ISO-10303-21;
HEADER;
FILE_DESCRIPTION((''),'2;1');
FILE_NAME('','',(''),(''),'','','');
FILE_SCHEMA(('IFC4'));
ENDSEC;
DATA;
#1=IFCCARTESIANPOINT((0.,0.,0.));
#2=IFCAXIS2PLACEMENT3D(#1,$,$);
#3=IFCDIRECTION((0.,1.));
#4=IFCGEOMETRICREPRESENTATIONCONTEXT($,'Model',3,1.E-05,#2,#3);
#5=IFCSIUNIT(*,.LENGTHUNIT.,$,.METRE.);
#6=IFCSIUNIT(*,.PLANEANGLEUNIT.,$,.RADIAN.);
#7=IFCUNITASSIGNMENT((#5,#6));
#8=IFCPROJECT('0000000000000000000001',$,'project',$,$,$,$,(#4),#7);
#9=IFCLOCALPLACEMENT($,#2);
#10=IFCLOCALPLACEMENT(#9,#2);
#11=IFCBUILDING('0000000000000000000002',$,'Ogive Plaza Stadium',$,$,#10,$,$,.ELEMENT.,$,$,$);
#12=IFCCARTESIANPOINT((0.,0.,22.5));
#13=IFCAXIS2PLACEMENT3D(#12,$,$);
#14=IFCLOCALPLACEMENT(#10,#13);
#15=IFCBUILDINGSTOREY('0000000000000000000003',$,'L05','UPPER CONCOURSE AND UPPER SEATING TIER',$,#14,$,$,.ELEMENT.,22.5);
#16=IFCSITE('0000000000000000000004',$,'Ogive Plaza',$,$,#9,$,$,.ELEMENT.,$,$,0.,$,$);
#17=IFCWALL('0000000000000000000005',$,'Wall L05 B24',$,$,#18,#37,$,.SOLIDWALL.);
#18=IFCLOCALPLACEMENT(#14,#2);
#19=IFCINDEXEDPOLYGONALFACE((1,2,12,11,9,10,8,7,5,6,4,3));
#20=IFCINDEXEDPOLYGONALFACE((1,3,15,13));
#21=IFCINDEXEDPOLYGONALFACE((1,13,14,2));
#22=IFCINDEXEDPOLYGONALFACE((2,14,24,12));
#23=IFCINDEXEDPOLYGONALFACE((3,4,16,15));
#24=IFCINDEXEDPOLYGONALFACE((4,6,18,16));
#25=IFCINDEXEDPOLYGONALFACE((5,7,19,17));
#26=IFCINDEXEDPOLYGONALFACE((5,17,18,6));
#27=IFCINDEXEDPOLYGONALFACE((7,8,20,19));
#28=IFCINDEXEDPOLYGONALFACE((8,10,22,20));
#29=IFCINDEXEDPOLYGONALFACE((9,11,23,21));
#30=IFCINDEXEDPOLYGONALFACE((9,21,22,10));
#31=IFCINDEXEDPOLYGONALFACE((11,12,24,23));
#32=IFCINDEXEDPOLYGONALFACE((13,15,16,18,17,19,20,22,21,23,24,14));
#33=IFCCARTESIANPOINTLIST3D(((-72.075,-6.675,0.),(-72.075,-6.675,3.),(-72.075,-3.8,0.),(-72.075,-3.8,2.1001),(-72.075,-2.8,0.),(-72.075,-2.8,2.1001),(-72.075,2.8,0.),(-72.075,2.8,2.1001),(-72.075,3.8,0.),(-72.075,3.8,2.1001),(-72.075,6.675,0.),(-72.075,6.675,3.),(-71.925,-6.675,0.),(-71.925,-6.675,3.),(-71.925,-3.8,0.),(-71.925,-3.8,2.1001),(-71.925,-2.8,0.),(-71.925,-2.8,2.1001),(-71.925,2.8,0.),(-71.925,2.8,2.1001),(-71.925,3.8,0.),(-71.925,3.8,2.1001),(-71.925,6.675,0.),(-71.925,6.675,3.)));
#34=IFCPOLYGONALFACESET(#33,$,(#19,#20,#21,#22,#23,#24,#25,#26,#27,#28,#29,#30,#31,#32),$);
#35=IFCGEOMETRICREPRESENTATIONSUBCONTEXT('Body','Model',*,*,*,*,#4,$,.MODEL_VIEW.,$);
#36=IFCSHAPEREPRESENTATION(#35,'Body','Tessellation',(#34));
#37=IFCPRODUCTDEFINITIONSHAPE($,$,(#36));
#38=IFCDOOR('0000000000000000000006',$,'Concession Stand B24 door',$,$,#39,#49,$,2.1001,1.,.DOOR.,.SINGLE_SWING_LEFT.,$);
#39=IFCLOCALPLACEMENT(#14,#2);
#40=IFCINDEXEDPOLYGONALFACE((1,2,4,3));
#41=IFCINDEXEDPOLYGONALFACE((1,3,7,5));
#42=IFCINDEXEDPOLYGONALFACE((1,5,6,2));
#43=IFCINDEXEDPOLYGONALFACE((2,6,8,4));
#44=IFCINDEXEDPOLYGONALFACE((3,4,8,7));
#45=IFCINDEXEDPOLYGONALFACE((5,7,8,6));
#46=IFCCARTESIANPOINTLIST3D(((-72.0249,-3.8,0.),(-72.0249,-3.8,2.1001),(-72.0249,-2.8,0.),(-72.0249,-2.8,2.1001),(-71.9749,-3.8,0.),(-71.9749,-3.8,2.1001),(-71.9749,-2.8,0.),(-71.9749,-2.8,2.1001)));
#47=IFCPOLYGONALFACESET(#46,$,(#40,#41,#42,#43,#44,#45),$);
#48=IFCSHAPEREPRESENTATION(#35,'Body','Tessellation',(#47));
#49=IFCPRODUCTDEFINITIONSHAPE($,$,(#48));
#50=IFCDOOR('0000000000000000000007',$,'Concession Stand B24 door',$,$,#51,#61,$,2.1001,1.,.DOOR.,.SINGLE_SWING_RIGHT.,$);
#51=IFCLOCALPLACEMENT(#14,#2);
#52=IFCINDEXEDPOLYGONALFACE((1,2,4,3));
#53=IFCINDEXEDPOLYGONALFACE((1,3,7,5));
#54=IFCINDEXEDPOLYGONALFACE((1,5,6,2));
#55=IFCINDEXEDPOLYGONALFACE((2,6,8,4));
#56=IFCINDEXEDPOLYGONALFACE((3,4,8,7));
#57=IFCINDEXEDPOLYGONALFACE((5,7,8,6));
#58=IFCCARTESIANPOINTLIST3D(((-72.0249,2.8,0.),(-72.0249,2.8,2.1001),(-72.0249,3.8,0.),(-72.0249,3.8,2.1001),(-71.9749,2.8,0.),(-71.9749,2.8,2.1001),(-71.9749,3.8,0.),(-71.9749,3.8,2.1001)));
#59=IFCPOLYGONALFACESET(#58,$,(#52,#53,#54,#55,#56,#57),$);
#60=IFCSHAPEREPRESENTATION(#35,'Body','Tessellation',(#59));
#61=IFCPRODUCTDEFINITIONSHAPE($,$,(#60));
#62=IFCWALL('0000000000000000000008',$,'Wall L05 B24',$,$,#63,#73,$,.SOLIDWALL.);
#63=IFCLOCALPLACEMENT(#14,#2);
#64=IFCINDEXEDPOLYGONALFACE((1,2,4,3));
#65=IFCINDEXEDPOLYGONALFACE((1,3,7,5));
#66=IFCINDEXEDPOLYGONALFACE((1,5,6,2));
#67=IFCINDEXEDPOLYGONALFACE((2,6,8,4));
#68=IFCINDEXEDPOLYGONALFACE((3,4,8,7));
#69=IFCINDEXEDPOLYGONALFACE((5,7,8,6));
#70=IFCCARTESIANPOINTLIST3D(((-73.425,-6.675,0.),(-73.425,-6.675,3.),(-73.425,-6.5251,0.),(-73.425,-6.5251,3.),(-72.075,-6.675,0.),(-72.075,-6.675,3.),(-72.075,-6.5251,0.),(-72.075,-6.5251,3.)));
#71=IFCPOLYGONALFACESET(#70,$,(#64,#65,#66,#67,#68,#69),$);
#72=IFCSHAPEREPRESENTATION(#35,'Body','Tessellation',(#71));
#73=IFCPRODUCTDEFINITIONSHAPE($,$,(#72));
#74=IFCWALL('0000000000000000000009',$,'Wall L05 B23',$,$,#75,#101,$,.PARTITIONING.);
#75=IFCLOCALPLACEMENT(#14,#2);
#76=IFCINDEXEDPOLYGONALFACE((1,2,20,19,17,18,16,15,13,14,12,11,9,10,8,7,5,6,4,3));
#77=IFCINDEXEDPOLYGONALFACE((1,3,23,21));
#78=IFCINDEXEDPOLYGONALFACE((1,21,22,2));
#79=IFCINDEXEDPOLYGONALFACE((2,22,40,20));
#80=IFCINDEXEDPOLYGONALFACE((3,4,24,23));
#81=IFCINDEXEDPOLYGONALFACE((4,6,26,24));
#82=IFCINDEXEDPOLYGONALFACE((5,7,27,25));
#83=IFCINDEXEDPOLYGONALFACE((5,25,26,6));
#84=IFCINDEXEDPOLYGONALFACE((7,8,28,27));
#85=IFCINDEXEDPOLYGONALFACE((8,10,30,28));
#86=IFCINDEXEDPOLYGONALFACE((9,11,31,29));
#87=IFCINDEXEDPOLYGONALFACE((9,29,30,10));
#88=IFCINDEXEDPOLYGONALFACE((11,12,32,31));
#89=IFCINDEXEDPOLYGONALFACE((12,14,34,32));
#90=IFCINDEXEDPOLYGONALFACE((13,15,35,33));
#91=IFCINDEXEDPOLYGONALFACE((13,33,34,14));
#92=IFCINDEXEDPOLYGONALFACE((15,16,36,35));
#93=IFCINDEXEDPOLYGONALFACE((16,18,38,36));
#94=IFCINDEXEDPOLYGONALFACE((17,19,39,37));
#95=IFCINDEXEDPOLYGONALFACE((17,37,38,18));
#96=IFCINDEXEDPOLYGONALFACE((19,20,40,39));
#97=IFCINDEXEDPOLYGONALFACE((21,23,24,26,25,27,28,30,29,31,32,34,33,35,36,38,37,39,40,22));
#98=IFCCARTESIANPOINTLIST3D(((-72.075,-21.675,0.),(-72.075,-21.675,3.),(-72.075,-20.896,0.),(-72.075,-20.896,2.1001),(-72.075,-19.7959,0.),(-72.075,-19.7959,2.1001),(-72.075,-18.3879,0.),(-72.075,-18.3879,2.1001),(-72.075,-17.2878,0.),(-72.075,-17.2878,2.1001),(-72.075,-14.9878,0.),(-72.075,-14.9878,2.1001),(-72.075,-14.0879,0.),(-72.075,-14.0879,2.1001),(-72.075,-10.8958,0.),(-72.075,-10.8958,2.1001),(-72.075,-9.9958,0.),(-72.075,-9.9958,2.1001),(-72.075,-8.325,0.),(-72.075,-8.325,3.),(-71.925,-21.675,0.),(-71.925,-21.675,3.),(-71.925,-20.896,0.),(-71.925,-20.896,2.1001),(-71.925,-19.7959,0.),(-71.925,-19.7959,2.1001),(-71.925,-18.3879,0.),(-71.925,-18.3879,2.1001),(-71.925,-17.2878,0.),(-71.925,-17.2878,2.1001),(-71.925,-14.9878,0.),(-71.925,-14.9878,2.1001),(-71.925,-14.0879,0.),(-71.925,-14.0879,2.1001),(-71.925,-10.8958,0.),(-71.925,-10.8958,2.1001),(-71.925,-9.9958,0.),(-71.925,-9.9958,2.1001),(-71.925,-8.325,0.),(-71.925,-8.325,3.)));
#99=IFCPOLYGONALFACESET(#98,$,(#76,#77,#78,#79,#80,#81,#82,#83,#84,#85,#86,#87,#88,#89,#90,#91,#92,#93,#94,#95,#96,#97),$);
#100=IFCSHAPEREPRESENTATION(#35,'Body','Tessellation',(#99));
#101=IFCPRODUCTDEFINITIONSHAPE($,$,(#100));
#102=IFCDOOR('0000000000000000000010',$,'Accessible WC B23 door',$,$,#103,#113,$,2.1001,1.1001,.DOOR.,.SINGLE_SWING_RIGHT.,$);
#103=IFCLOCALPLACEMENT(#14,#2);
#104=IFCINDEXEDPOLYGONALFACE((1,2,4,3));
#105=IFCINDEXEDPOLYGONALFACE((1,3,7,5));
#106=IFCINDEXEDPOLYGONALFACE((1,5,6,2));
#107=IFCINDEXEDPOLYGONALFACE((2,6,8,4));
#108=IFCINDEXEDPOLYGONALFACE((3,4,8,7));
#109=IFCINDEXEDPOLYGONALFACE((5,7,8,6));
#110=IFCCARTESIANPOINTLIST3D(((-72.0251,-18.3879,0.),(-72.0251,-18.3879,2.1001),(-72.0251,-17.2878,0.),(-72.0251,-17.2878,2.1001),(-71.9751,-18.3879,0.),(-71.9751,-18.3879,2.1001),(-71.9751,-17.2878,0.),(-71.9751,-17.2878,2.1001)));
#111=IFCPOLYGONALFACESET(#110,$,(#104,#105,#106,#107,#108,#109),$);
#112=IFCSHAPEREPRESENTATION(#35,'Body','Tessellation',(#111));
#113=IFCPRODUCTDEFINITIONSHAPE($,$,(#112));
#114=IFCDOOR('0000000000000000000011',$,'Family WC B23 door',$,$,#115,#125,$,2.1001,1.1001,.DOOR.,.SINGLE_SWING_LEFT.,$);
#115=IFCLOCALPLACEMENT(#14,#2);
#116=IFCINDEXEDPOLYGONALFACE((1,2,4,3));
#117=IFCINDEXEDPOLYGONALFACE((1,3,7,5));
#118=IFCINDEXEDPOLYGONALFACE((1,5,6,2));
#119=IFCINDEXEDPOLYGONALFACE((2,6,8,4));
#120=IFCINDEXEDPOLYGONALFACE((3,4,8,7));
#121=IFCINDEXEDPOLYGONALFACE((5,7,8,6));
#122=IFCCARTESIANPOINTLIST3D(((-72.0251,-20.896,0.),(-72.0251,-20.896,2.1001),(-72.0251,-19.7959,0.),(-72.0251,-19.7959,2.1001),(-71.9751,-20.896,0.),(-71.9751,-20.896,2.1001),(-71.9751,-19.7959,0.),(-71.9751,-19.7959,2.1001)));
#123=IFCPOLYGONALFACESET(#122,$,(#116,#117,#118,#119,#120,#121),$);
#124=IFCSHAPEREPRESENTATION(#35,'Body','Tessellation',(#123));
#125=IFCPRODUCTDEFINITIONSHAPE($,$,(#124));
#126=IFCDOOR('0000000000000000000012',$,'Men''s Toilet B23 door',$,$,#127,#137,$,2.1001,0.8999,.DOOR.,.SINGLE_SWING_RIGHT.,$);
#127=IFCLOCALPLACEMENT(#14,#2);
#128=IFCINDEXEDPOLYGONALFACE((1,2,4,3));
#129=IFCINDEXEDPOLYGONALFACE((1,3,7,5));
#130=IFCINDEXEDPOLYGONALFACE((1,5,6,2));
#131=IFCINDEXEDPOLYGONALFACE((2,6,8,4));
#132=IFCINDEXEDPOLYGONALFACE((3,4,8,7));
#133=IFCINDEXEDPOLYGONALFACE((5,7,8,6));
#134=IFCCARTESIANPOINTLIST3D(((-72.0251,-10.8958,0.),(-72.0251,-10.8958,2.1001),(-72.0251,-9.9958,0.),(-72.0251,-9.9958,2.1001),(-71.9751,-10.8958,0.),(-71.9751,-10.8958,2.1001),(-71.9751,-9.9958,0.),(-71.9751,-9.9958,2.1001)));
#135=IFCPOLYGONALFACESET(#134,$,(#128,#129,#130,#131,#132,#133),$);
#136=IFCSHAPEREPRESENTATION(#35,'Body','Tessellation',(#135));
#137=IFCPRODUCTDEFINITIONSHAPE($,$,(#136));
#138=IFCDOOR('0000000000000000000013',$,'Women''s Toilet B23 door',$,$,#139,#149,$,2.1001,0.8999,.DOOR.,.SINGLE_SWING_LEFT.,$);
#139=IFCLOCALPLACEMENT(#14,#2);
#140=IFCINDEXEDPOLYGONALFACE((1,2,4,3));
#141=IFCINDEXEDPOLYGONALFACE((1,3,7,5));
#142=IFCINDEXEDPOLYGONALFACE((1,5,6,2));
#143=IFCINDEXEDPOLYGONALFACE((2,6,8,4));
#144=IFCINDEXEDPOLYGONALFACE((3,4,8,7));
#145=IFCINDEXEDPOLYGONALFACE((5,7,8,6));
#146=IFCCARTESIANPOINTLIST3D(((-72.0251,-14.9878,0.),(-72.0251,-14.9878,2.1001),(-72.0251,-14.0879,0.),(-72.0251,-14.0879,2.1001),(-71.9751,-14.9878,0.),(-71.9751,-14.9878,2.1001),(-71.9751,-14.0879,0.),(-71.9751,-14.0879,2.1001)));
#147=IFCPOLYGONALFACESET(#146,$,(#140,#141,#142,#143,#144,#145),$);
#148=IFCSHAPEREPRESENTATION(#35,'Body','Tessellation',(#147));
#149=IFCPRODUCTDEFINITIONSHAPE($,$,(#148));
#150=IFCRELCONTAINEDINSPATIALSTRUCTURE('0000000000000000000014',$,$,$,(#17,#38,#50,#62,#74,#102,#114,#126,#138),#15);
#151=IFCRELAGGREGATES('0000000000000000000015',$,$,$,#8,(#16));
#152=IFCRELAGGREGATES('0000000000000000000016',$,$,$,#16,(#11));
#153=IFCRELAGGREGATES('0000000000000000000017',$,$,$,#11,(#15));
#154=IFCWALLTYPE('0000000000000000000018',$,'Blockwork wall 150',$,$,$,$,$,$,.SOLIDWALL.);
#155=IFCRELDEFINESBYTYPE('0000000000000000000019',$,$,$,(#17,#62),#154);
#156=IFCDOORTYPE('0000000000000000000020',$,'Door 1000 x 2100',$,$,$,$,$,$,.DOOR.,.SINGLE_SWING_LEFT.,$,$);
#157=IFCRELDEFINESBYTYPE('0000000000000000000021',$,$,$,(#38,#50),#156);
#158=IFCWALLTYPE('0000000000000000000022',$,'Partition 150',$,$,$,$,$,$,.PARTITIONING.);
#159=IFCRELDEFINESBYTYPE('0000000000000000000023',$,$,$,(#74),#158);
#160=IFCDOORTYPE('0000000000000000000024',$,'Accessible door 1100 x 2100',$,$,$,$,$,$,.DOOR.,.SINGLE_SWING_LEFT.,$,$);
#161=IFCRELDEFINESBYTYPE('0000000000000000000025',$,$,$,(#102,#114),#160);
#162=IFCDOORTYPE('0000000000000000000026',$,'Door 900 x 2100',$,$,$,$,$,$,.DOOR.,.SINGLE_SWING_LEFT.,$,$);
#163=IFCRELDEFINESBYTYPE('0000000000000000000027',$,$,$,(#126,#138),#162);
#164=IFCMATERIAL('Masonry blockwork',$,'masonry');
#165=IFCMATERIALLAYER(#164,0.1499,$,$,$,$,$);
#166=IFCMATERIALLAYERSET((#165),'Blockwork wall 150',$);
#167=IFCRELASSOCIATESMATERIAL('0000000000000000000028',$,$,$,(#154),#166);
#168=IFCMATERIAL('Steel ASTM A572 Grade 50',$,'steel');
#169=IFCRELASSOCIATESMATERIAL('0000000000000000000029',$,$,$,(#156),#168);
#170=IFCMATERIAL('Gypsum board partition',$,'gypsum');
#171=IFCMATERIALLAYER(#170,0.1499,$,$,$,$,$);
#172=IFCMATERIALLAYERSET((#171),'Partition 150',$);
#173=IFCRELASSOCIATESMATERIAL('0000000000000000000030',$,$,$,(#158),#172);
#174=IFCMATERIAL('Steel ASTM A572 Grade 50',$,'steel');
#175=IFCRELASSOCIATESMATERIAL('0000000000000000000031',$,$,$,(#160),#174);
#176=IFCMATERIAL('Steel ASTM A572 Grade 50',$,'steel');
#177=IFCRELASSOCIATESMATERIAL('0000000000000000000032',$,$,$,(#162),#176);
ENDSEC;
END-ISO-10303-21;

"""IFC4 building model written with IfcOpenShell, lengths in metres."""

from ifc_helpers import new_model, si_unit, direction, frame, frame_2d, origin, place, context, subcontext, project, spatial, rectangle, extrude, material, layer, layer_set, type_object, element, fill, save


model = new_model("IFC4")

# Units and contexts
model_context = context("Model", 3, precision=1e-05, world=origin(), true_north=direction((0.0, 1.0)))
body_context = subcontext(model_context, "Body", "Model", "MODEL_VIEW")
ifc_project = project(units=[si_unit("LENGTHUNIT", "METRE"), si_unit("PLANEANGLEUNIT", "RADIAN")], contexts=[model_context])

# Site, building, storey
site_placement = place(None, origin())
site = spatial("IfcSite", under=ifc_project, at=site_placement, Name="Ogive Plaza", CompositionType="ELEMENT", RefElevation=0.0)
building_placement = place(site_placement, origin())
building = spatial("IfcBuilding", under=site, at=building_placement, Name="Ogive Plaza Stadium", CompositionType="ELEMENT")
storey_placement = place(building_placement, frame((0.0, 0.0, 22.5)))
storey = spatial("IfcBuildingStorey", under=building, at=storey_placement, Name="L05", Description="UPPER CONCOURSE AND UPPER SEATING TIER", CompositionType="ELEMENT", Elevation=22.5)

# Wall, openings, doors
ifc_material_1 = material(Name="Masonry blockwork", Category="masonry")
ifc_layer_1 = layer(ifc_material_1, 0.1499)
ifc_layer_set_1 = layer_set([ifc_layer_1], Name="Blockwork wall 150")
wall_type_1 = type_object("IfcWallType", Name="Blockwork wall 150", PredefinedType="SOLIDWALL", material=ifc_layer_set_1)
wall_1_placement = place(storey_placement, frame((-72.0, -6.675, 0.0), z_axis=(0.0, 0.0, 1.0), x_axis=(0.0, 1.0, 0.0)))
wall_1 = element("IfcWall", 1, at=wall_1_placement, inside=storey, type_object=wall_type_1, Name="Wall L05 B24", PredefinedType="SOLIDWALL", context=body_context, shape_type="SweptSolid", body=[
    extrude(rectangle(XDim=13.3501, YDim=0.1499, at=frame_2d((6.675, 0.0))), origin(), (0.0, 0.0, 1.0), 3.0),
])
opening_1_placement = place(wall_1_placement, frame((2.875, 0.0, 0.0)))
opening_1 = element("IfcOpeningElement", 2, at=opening_1_placement, cuts=wall_1, PredefinedType="OPENING", context=body_context, shape_type="SweptSolid", body=[
    extrude(rectangle(XDim=1.0, YDim=2.1001, at=frame_2d((0.5, 1.05))), frame((0.0, 0.075, 0.0), z_axis=(0.0, -1.0, 0.0), x_axis=(1.0, 0.0, 0.0)), (0.0, 0.0, 1.0), 0.1499),
])
opening_2_placement = place(wall_1_placement, frame((9.4751, 0.0, 0.0)))
opening_2 = element("IfcOpeningElement", 3, at=opening_2_placement, cuts=wall_1, PredefinedType="OPENING", context=body_context, shape_type="SweptSolid", body=[
    extrude(rectangle(XDim=1.0, YDim=2.1001, at=frame_2d((0.5, 1.05))), frame((0.0, 0.075, 0.0), z_axis=(0.0, -1.0, 0.0), x_axis=(1.0, 0.0, 0.0)), (0.0, 0.0, 1.0), 0.1499),
])
ifc_material_2 = material(Name="Steel ASTM A572 Grade 50", Category="steel")
door_type_1 = type_object("IfcDoorType", Name="Door 1000 x 2100", OperationType="SINGLE_SWING_LEFT", PredefinedType="DOOR", material=ifc_material_2)
door_1_placement = place(opening_1_placement, origin())
door_1 = element("IfcDoor", 4, at=door_1_placement, inside=storey, type_object=door_type_1, Name="Concession Stand B24 door", OperationType="SINGLE_SWING_LEFT", OverallHeight=2.1001, OverallWidth=1.0, PredefinedType="DOOR", context=body_context, shape_type="SweptSolid", body=[
    extrude(rectangle(XDim=1.0, YDim=2.1001, at=frame_2d((0.5, 1.05))), frame((0.0, 0.0249, 0.0), z_axis=(0.0, -1.0, 0.0), x_axis=(1.0, 0.0, 0.0)), (0.0, 0.0, 1.0), 0.05),
])
fill(opening_1, door_1)
door_2_placement = place(opening_2_placement, origin())
door_2 = element("IfcDoor", 5, at=door_2_placement, inside=storey, type_object=door_type_1, Name="Concession Stand B24 door", OperationType="SINGLE_SWING_RIGHT", OverallHeight=2.1001, OverallWidth=1.0, PredefinedType="DOOR", context=body_context, shape_type="SweptSolid", body=[
    extrude(rectangle(XDim=1.0, YDim=2.1001, at=frame_2d((0.5, 1.05))), frame((0.0, 0.0249, 0.0), z_axis=(0.0, -1.0, 0.0), x_axis=(1.0, 0.0, 0.0)), (0.0, 0.0, 1.0), 0.05),
])
fill(opening_2, door_2)

# Wall
wall_2_placement = place(storey_placement, frame((-72.075, -6.6001, 0.0), z_axis=(0.0, 0.0, 1.0), x_axis=(-1.0, 0.0, 0.0)))
element("IfcWall", 6, at=wall_2_placement, inside=storey, type_object=wall_type_1, Name="Wall L05 B24", PredefinedType="SOLIDWALL", context=body_context, shape_type="SweptSolid", body=[
    extrude(rectangle(XDim=1.3501, YDim=0.1499, at=frame_2d((0.675, 0.0))), origin(), (0.0, 0.0, 1.0), 3.0),
])

# Wall, openings, doors
ifc_material_3 = material(Name="Gypsum board partition", Category="gypsum")
ifc_layer_2 = layer(ifc_material_3, 0.1499)
ifc_layer_set_2 = layer_set([ifc_layer_2], Name="Partition 150")
wall_type_2 = type_object("IfcWallType", Name="Partition 150", PredefinedType="PARTITIONING", material=ifc_layer_set_2)
wall_3_placement = place(storey_placement, frame((-72.0, -8.325, 0.0), z_axis=(0.0, 0.0, 1.0), x_axis=(0.0, -1.0, 0.0)))
wall_3 = element("IfcWall", 7, at=wall_3_placement, inside=storey, type_object=wall_type_2, Name="Wall L05 B23", PredefinedType="PARTITIONING", context=body_context, shape_type="SweptSolid", body=[
    extrude(rectangle(XDim=13.3501, YDim=0.1499, at=frame_2d((6.675, 0.0))), origin(), (0.0, 0.0, 1.0), 3.0),
])
opening_3_placement = place(wall_3_placement, frame((1.6709, 0.0, 0.0)))
opening_3 = element("IfcOpeningElement", 8, at=opening_3_placement, cuts=wall_3, PredefinedType="OPENING", context=body_context, shape_type="SweptSolid", body=[
    extrude(rectangle(XDim=0.8999, YDim=2.1001, at=frame_2d((0.45, 1.05))), frame((0.0, 0.075, 0.0), z_axis=(0.0, -1.0, 0.0), x_axis=(1.0, 0.0, 0.0)), (0.0, 0.0, 1.0), 0.1499),
])
opening_4_placement = place(wall_3_placement, frame((5.7629, 0.0, 0.0)))
opening_4 = element("IfcOpeningElement", 9, at=opening_4_placement, cuts=wall_3, PredefinedType="OPENING", context=body_context, shape_type="SweptSolid", body=[
    extrude(rectangle(XDim=0.8999, YDim=2.1001, at=frame_2d((0.45, 1.05))), frame((0.0, 0.075, 0.0), z_axis=(0.0, -1.0, 0.0), x_axis=(1.0, 0.0, 0.0)), (0.0, 0.0, 1.0), 0.1499),
])
opening_5_placement = place(wall_3_placement, frame((8.9629, 0.0, 0.0)))
opening_5 = element("IfcOpeningElement", 10, at=opening_5_placement, cuts=wall_3, PredefinedType="OPENING", context=body_context, shape_type="SweptSolid", body=[
    extrude(rectangle(XDim=1.1001, YDim=2.1001, at=frame_2d((0.55, 1.05))), frame((0.0, 0.075, 0.0), z_axis=(0.0, -1.0, 0.0), x_axis=(1.0, 0.0, 0.0)), (0.0, 0.0, 1.0), 0.1499),
])
opening_6_placement = place(wall_3_placement, frame((11.4709, 0.0, 0.0)))
opening_6 = element("IfcOpeningElement", 11, at=opening_6_placement, cuts=wall_3, PredefinedType="OPENING", context=body_context, shape_type="SweptSolid", body=[
    extrude(rectangle(XDim=1.1001, YDim=2.1001, at=frame_2d((0.55, 1.05))), frame((0.0, 0.075, 0.0), z_axis=(0.0, -1.0, 0.0), x_axis=(1.0, 0.0, 0.0)), (0.0, 0.0, 1.0), 0.1499),
])
ifc_material_4 = material(Name="Steel ASTM A572 Grade 50", Category="steel")
door_type_2 = type_object("IfcDoorType", Name="Accessible door 1100 x 2100", OperationType="SINGLE_SWING_LEFT", PredefinedType="DOOR", material=ifc_material_4)
door_3_placement = place(opening_5_placement, origin())
door_3 = element("IfcDoor", 12, at=door_3_placement, inside=storey, type_object=door_type_2, Name="Accessible WC B23 door", OperationType="SINGLE_SWING_RIGHT", OverallHeight=2.1001, OverallWidth=1.1001, PredefinedType="DOOR", context=body_context, shape_type="SweptSolid", body=[
    extrude(rectangle(XDim=1.1001, YDim=2.1001, at=frame_2d((0.55, 1.05))), frame((0.0, 0.0249, 0.0), z_axis=(0.0, -1.0, 0.0), x_axis=(1.0, 0.0, 0.0)), (0.0, 0.0, 1.0), 0.05),
])
fill(opening_5, door_3)
door_4_placement = place(opening_6_placement, origin())
door_4 = element("IfcDoor", 13, at=door_4_placement, inside=storey, type_object=door_type_2, Name="Family WC B23 door", OperationType="SINGLE_SWING_LEFT", OverallHeight=2.1001, OverallWidth=1.1001, PredefinedType="DOOR", context=body_context, shape_type="SweptSolid", body=[
    extrude(rectangle(XDim=1.1001, YDim=2.1001, at=frame_2d((0.55, 1.05))), frame((0.0, 0.0249, 0.0), z_axis=(0.0, -1.0, 0.0), x_axis=(1.0, 0.0, 0.0)), (0.0, 0.0, 1.0), 0.05),
])
fill(opening_6, door_4)
ifc_material_5 = material(Name="Steel ASTM A572 Grade 50", Category="steel")
door_type_3 = type_object("IfcDoorType", Name="Door 900 x 2100", OperationType="SINGLE_SWING_LEFT", PredefinedType="DOOR", material=ifc_material_5)
door_5_placement = place(opening_3_placement, origin())
door_5 = element("IfcDoor", 14, at=door_5_placement, inside=storey, type_object=door_type_3, Name="Men's Toilet B23 door", OperationType="SINGLE_SWING_RIGHT", OverallHeight=2.1001, OverallWidth=0.8999, PredefinedType="DOOR", context=body_context, shape_type="SweptSolid", body=[
    extrude(rectangle(XDim=0.8999, YDim=2.1001, at=frame_2d((0.45, 1.05))), frame((0.0, 0.0249, 0.0), z_axis=(0.0, -1.0, 0.0), x_axis=(1.0, 0.0, 0.0)), (0.0, 0.0, 1.0), 0.05),
])
fill(opening_3, door_5)
door_6_placement = place(opening_4_placement, origin())
door_6 = element("IfcDoor", 15, at=door_6_placement, inside=storey, type_object=door_type_3, Name="Women's Toilet B23 door", OperationType="SINGLE_SWING_LEFT", OverallHeight=2.1001, OverallWidth=0.8999, PredefinedType="DOOR", context=body_context, shape_type="SweptSolid", body=[
    extrude(rectangle(XDim=0.8999, YDim=2.1001, at=frame_2d((0.45, 1.05))), frame((0.0, 0.0249, 0.0), z_axis=(0.0, -1.0, 0.0), x_axis=(1.0, 0.0, 0.0)), (0.0, 0.0, 1.0), 0.05),
])
fill(opening_4, door_6)

save(model, "model.ifc")
